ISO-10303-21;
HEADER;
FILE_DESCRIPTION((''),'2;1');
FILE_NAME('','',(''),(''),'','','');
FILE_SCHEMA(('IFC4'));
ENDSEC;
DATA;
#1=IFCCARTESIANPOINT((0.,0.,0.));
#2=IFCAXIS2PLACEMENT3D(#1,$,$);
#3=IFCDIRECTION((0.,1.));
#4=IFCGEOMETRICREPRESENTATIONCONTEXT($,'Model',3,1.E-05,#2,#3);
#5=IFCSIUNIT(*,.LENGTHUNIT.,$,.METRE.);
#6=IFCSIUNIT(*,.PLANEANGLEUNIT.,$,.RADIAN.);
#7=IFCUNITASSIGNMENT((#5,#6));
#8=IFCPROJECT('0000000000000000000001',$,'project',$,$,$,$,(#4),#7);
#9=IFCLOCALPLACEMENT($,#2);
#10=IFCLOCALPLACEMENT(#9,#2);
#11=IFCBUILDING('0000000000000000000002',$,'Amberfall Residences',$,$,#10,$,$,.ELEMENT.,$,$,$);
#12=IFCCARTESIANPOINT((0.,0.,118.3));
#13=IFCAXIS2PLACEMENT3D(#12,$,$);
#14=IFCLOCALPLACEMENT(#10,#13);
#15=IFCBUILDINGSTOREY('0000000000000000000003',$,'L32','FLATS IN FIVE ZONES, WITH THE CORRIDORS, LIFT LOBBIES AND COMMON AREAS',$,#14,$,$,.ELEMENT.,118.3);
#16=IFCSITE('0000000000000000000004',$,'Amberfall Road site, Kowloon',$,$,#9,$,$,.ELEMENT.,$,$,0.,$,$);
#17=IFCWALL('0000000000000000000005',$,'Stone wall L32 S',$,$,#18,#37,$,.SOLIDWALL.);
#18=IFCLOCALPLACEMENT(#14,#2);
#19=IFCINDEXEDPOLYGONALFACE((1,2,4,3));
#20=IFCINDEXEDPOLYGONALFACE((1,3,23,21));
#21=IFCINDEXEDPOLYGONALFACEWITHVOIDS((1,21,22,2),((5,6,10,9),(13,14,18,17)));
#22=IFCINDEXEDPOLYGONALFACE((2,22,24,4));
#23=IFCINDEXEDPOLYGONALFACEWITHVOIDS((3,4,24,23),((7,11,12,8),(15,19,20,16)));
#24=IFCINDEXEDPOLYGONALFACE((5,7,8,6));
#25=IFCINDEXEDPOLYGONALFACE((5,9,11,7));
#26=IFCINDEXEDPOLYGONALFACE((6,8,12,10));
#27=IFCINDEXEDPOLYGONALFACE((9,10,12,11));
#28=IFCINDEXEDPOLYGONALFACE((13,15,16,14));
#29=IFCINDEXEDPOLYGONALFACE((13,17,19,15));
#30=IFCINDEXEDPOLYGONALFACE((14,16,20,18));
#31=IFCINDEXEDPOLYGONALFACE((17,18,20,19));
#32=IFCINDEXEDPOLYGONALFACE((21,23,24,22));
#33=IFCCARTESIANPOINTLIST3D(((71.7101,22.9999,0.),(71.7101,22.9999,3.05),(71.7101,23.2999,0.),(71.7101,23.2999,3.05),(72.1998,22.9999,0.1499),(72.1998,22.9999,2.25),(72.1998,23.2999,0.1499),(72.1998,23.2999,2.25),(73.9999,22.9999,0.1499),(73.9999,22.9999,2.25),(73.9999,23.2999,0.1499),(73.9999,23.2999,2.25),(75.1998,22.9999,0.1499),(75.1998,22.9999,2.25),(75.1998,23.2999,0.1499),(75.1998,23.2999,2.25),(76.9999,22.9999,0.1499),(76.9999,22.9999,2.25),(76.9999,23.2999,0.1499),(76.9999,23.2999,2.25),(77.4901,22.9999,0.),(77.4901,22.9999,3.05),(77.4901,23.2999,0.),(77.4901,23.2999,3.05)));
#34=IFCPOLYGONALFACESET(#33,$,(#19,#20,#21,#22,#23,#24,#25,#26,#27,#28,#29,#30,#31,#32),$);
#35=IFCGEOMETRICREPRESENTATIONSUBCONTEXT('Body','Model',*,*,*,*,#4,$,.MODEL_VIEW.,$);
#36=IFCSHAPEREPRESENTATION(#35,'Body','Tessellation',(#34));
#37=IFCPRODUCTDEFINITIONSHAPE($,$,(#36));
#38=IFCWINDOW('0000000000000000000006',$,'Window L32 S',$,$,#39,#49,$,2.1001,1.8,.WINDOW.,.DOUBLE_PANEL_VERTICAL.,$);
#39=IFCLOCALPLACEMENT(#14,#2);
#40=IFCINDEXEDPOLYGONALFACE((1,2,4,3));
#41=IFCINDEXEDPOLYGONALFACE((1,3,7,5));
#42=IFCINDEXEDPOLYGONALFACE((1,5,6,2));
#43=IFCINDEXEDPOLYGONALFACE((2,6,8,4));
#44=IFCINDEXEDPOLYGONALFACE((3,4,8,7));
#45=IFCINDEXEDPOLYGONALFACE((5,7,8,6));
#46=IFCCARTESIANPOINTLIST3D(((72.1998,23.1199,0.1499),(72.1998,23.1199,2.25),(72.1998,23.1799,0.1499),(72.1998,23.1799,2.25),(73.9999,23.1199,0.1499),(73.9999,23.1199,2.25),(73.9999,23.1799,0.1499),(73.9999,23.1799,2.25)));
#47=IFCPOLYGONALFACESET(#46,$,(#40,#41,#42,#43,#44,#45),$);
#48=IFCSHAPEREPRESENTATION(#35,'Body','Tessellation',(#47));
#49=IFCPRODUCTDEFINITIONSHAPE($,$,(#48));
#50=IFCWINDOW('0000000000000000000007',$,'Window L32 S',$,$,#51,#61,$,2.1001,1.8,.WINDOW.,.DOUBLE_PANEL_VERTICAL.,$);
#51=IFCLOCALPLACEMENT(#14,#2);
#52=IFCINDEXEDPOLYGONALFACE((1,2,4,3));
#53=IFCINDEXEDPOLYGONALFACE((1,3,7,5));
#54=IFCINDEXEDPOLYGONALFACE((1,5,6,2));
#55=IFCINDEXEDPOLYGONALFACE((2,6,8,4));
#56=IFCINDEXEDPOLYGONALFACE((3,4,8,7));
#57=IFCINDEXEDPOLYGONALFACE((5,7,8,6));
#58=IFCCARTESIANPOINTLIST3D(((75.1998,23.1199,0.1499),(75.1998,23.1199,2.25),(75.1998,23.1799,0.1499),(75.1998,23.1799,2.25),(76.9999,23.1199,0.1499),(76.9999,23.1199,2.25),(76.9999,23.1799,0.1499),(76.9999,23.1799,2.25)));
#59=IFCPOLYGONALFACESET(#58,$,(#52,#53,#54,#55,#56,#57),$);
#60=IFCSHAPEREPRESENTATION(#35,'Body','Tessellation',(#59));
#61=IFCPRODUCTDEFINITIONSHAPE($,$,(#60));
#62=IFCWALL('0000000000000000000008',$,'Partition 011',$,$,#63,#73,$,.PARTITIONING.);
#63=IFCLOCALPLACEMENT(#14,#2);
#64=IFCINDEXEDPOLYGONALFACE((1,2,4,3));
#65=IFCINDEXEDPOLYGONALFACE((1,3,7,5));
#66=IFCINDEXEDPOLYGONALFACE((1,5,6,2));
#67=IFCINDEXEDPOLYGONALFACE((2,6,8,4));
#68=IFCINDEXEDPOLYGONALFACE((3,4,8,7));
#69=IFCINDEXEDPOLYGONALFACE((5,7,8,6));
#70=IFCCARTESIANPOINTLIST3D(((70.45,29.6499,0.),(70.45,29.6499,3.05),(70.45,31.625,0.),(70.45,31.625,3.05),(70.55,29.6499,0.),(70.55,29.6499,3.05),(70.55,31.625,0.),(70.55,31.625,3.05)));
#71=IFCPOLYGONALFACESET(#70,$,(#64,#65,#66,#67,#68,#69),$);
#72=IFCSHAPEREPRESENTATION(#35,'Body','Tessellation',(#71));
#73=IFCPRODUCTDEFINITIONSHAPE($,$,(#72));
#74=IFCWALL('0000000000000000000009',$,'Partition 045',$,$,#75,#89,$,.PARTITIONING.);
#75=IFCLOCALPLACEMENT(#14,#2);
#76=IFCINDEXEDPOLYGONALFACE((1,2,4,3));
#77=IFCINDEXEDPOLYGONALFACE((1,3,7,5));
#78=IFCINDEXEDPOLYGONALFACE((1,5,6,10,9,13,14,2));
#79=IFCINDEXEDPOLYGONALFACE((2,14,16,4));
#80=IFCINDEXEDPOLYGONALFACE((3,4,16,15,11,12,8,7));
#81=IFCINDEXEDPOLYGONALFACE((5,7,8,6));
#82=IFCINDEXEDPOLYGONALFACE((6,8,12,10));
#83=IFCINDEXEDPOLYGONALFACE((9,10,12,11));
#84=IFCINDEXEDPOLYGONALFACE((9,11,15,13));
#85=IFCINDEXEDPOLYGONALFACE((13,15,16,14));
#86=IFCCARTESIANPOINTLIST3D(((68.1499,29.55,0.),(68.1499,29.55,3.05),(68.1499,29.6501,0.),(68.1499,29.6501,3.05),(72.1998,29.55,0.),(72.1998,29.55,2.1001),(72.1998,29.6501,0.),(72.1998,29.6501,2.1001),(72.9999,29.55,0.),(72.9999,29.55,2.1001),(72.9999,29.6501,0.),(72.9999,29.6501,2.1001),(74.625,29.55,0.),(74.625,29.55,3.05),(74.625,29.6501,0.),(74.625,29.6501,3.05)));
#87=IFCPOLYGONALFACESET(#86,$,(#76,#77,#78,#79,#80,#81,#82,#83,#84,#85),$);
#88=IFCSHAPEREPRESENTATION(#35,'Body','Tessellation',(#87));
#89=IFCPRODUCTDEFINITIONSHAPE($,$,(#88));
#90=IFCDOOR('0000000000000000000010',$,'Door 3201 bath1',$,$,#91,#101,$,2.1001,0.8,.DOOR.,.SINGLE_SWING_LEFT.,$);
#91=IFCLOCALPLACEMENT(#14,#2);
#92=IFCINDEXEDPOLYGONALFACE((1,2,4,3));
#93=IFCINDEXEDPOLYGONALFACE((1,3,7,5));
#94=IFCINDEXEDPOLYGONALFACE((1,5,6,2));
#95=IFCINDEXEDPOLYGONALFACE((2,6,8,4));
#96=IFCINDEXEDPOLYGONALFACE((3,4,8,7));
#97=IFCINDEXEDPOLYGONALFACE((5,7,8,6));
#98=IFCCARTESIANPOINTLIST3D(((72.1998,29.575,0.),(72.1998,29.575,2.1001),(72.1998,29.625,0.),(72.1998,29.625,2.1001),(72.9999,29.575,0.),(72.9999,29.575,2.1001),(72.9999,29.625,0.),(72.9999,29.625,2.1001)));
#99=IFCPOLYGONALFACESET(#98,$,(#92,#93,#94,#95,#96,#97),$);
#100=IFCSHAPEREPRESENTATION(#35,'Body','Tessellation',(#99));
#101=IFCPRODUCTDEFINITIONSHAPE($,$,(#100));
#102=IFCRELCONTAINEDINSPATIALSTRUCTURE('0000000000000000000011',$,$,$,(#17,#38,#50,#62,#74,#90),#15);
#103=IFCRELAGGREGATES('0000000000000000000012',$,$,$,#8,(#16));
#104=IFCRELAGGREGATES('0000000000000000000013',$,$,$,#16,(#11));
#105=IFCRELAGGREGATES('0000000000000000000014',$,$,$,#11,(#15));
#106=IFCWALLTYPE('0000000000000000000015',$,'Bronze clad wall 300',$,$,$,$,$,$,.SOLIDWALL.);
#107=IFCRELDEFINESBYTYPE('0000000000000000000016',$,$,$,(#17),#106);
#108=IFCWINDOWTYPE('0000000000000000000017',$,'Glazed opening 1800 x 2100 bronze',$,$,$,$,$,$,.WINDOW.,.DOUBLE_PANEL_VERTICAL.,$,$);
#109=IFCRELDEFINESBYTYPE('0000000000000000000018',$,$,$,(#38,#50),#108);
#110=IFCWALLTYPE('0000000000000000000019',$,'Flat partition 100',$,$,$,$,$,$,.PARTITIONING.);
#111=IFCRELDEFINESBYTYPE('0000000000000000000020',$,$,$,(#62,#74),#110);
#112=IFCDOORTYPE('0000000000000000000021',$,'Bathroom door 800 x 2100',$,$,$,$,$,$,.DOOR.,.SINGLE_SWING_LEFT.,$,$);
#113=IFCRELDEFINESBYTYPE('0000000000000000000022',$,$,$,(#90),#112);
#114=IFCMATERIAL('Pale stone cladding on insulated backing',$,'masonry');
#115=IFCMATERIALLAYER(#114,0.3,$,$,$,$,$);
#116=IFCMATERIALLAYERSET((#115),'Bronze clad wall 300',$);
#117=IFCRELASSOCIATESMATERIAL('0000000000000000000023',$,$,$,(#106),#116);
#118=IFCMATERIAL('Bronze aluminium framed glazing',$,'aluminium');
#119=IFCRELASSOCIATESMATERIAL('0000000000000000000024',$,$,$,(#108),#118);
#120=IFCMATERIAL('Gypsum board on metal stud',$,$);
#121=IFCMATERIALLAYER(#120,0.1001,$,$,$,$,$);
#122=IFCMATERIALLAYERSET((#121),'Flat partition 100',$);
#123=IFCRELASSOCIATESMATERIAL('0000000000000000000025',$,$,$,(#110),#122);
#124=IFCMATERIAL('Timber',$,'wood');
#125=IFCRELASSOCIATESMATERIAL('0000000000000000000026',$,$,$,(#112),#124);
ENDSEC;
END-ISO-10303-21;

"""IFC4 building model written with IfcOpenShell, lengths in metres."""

from ifc_helpers import new_model, si_unit, direction, frame, frame_2d, origin, place, context, subcontext, project, spatial, rectangle, extrude, material, layer, layer_set, type_object, element, fill, save


model = new_model("IFC4")

# Units and contexts
model_context = context("Model", 3, precision=1e-05, world=origin(), true_north=direction((0.0, 1.0)))
body_context = subcontext(model_context, "Body", "Model", "MODEL_VIEW")
ifc_project = project(units=[si_unit("LENGTHUNIT", "METRE"), si_unit("PLANEANGLEUNIT", "RADIAN")], contexts=[model_context])

# Site, building, storey
site_placement = place(None, origin())
site = spatial("IfcSite", under=ifc_project, at=site_placement, Name="Amberfall Road site, Kowloon", CompositionType="ELEMENT", RefElevation=0.0)
building_placement = place(site_placement, origin())
building = spatial("IfcBuilding", under=site, at=building_placement, Name="Amberfall Residences", CompositionType="ELEMENT")
storey_placement = place(building_placement, frame((0.0, 0.0, 118.3)))
storey = spatial("IfcBuildingStorey", under=building, at=storey_placement, Name="L32", Description="FLATS IN FIVE ZONES, WITH THE CORRIDORS, LIFT LOBBIES AND COMMON AREAS", CompositionType="ELEMENT", Elevation=118.3)

# Shared definitions
ifc_material_1 = material(Name="Pale stone cladding on insulated backing", Category="masonry")
ifc_layer_1 = layer(ifc_material_1, 0.3)
ifc_layer_set_1 = layer_set([ifc_layer_1], Name="Bronze clad wall 300")
wall_type_1 = type_object("IfcWallType", Name="Bronze clad wall 300", PredefinedType="SOLIDWALL", material=ifc_layer_set_1)

# Wall, openings, windows
ifc_material_2 = material(Name="Bronze aluminium framed glazing", Category="aluminium")
window_type = type_object("IfcWindowType", Name="Glazed opening 1800 x 2100 bronze", PartitioningType="DOUBLE_PANEL_VERTICAL", PredefinedType="WINDOW", material=ifc_material_2)
wall_1_placement = place(storey_placement, frame((71.71, 23.1499, 0.0), z_axis=(0.0, 0.0, 1.0), x_axis=(1.0, 0.0, 0.0)))
wall_1 = element("IfcWall", 1, at=wall_1_placement, inside=storey, type_object=wall_type_1, Name="Stone wall L32 S", PredefinedType="SOLIDWALL", context=body_context, shape_type="SweptSolid", body=[
    extrude(rectangle(XDim=5.78, YDim=0.3, at=frame_2d((2.8901, 0.0))), origin(), (0.0, 0.0, 1.0), 3.05),
])
opening_1_placement = place(wall_1_placement, frame((0.49, 0.0, 0.1499)))
opening_1 = element("IfcOpeningElement", 2, at=opening_1_placement, cuts=wall_1, PredefinedType="OPENING", context=body_context, shape_type="SweptSolid", body=[
    extrude(rectangle(XDim=1.8, YDim=2.1001, at=frame_2d((0.8999, 1.05))), frame((0.0, 0.1599, 0.0), z_axis=(0.0, -1.0, 0.0), x_axis=(1.0, 0.0, 0.0)), (0.0, 0.0, 1.0), 0.3201),
])
opening_2_placement = place(wall_1_placement, frame((3.49, 0.0, 0.1499)))
opening_2 = element("IfcOpeningElement", 3, at=opening_2_placement, cuts=wall_1, PredefinedType="OPENING", context=body_context, shape_type="SweptSolid", body=[
    extrude(rectangle(XDim=1.8, YDim=2.1001, at=frame_2d((0.8999, 1.05))), frame((0.0, 0.1599, 0.0), z_axis=(0.0, -1.0, 0.0), x_axis=(1.0, 0.0, 0.0)), (0.0, 0.0, 1.0), 0.3201),
])
window_1_placement = place(opening_1_placement, origin())
window_1 = element("IfcWindow", 4, at=window_1_placement, inside=storey, type_object=window_type, Name="Window L32 S", OverallHeight=2.1001, OverallWidth=1.8, PartitioningType="DOUBLE_PANEL_VERTICAL", PredefinedType="WINDOW", context=body_context, shape_type="SweptSolid", body=[
    extrude(rectangle(XDim=1.8, YDim=2.1001, at=frame_2d((0.8999, 1.05))), frame((0.0, 0.03, 0.0), z_axis=(0.0, -1.0, 0.0), x_axis=(1.0, 0.0, 0.0)), (0.0, 0.0, 1.0), 0.0601),
])
fill(opening_1, window_1)
window_2_placement = place(opening_2_placement, origin())
window_2 = element("IfcWindow", 5, at=window_2_placement, inside=storey, type_object=window_type, Name="Window L32 S", OverallHeight=2.1001, OverallWidth=1.8, PartitioningType="DOUBLE_PANEL_VERTICAL", PredefinedType="WINDOW", context=body_context, shape_type="SweptSolid", body=[
    extrude(rectangle(XDim=1.8, YDim=2.1001, at=frame_2d((0.8999, 1.05))), frame((0.0, 0.03, 0.0), z_axis=(0.0, -1.0, 0.0), x_axis=(1.0, 0.0, 0.0)), (0.0, 0.0, 1.0), 0.0601),
])
fill(opening_2, window_2)

# Wall
ifc_material_3 = material(Name="Gypsum board on metal stud")
ifc_layer_2 = layer(ifc_material_3, 0.1001)
ifc_layer_set_2 = layer_set([ifc_layer_2], Name="Flat partition 100")
wall_type_2 = type_object("IfcWallType", Name="Flat partition 100", PredefinedType="PARTITIONING", material=ifc_layer_set_2)
wall_2_placement = place(storey_placement, frame((70.5, 29.6499, 0.0), z_axis=(0.0, 0.0, 1.0), x_axis=(0.0, 1.0, 0.0)))
element("IfcWall", 6, at=wall_2_placement, inside=storey, type_object=wall_type_2, Name="Partition 011", PredefinedType="PARTITIONING", context=body_context, shape_type="SweptSolid", body=[
    extrude(rectangle(XDim=1.9751, YDim=0.1001, at=frame_2d((0.9875, 0.0))), origin(), (0.0, 0.0, 1.0), 3.05),
])

# Wall, opening, door
wall_3_placement = place(storey_placement, frame((68.1499, 29.6001, 0.0), z_axis=(0.0, 0.0, 1.0), x_axis=(1.0, 0.0, 0.0)))
wall_3 = element("IfcWall", 7, at=wall_3_placement, inside=storey, type_object=wall_type_2, Name="Partition 045", PredefinedType="PARTITIONING", context=body_context, shape_type="SweptSolid", body=[
    extrude(rectangle(XDim=6.4751, YDim=0.1001, at=frame_2d((3.2375, 0.0))), origin(), (0.0, 0.0, 1.0), 3.05),
])
opening_3_placement = place(wall_3_placement, frame((4.05, 0.0, 0.0)))
opening_3 = element("IfcOpeningElement", 8, at=opening_3_placement, cuts=wall_3, PredefinedType="OPENING", context=body_context, shape_type="SweptSolid", body=[
    extrude(rectangle(XDim=0.8, YDim=2.1001, at=frame_2d((0.3999, 1.05))), frame((0.0, 0.0601, 0.0), z_axis=(0.0, -1.0, 0.0), x_axis=(1.0, 0.0, 0.0)), (0.0, 0.0, 1.0), 0.1201),
])
ifc_material_4 = material(Name="Timber", Category="wood")
door_type = type_object("IfcDoorType", Name="Bathroom door 800 x 2100", OperationType="SINGLE_SWING_LEFT", PredefinedType="DOOR", material=ifc_material_4)
door_placement = place(opening_3_placement, origin())
door = element("IfcDoor", 9, at=door_placement, inside=storey, type_object=door_type, Name="Door 3201 bath1", OperationType="SINGLE_SWING_LEFT", OverallHeight=2.1001, OverallWidth=0.8, PredefinedType="DOOR", context=body_context, shape_type="SweptSolid", body=[
    extrude(rectangle(XDim=0.8, YDim=2.1001, at=frame_2d((0.3999, 1.05))), frame((0.0, 0.0249, 0.0), z_axis=(0.0, -1.0, 0.0), x_axis=(1.0, 0.0, 0.0)), (0.0, 0.0, 1.0), 0.05),
])
fill(opening_3, door)

save(model, "model.ifc")
